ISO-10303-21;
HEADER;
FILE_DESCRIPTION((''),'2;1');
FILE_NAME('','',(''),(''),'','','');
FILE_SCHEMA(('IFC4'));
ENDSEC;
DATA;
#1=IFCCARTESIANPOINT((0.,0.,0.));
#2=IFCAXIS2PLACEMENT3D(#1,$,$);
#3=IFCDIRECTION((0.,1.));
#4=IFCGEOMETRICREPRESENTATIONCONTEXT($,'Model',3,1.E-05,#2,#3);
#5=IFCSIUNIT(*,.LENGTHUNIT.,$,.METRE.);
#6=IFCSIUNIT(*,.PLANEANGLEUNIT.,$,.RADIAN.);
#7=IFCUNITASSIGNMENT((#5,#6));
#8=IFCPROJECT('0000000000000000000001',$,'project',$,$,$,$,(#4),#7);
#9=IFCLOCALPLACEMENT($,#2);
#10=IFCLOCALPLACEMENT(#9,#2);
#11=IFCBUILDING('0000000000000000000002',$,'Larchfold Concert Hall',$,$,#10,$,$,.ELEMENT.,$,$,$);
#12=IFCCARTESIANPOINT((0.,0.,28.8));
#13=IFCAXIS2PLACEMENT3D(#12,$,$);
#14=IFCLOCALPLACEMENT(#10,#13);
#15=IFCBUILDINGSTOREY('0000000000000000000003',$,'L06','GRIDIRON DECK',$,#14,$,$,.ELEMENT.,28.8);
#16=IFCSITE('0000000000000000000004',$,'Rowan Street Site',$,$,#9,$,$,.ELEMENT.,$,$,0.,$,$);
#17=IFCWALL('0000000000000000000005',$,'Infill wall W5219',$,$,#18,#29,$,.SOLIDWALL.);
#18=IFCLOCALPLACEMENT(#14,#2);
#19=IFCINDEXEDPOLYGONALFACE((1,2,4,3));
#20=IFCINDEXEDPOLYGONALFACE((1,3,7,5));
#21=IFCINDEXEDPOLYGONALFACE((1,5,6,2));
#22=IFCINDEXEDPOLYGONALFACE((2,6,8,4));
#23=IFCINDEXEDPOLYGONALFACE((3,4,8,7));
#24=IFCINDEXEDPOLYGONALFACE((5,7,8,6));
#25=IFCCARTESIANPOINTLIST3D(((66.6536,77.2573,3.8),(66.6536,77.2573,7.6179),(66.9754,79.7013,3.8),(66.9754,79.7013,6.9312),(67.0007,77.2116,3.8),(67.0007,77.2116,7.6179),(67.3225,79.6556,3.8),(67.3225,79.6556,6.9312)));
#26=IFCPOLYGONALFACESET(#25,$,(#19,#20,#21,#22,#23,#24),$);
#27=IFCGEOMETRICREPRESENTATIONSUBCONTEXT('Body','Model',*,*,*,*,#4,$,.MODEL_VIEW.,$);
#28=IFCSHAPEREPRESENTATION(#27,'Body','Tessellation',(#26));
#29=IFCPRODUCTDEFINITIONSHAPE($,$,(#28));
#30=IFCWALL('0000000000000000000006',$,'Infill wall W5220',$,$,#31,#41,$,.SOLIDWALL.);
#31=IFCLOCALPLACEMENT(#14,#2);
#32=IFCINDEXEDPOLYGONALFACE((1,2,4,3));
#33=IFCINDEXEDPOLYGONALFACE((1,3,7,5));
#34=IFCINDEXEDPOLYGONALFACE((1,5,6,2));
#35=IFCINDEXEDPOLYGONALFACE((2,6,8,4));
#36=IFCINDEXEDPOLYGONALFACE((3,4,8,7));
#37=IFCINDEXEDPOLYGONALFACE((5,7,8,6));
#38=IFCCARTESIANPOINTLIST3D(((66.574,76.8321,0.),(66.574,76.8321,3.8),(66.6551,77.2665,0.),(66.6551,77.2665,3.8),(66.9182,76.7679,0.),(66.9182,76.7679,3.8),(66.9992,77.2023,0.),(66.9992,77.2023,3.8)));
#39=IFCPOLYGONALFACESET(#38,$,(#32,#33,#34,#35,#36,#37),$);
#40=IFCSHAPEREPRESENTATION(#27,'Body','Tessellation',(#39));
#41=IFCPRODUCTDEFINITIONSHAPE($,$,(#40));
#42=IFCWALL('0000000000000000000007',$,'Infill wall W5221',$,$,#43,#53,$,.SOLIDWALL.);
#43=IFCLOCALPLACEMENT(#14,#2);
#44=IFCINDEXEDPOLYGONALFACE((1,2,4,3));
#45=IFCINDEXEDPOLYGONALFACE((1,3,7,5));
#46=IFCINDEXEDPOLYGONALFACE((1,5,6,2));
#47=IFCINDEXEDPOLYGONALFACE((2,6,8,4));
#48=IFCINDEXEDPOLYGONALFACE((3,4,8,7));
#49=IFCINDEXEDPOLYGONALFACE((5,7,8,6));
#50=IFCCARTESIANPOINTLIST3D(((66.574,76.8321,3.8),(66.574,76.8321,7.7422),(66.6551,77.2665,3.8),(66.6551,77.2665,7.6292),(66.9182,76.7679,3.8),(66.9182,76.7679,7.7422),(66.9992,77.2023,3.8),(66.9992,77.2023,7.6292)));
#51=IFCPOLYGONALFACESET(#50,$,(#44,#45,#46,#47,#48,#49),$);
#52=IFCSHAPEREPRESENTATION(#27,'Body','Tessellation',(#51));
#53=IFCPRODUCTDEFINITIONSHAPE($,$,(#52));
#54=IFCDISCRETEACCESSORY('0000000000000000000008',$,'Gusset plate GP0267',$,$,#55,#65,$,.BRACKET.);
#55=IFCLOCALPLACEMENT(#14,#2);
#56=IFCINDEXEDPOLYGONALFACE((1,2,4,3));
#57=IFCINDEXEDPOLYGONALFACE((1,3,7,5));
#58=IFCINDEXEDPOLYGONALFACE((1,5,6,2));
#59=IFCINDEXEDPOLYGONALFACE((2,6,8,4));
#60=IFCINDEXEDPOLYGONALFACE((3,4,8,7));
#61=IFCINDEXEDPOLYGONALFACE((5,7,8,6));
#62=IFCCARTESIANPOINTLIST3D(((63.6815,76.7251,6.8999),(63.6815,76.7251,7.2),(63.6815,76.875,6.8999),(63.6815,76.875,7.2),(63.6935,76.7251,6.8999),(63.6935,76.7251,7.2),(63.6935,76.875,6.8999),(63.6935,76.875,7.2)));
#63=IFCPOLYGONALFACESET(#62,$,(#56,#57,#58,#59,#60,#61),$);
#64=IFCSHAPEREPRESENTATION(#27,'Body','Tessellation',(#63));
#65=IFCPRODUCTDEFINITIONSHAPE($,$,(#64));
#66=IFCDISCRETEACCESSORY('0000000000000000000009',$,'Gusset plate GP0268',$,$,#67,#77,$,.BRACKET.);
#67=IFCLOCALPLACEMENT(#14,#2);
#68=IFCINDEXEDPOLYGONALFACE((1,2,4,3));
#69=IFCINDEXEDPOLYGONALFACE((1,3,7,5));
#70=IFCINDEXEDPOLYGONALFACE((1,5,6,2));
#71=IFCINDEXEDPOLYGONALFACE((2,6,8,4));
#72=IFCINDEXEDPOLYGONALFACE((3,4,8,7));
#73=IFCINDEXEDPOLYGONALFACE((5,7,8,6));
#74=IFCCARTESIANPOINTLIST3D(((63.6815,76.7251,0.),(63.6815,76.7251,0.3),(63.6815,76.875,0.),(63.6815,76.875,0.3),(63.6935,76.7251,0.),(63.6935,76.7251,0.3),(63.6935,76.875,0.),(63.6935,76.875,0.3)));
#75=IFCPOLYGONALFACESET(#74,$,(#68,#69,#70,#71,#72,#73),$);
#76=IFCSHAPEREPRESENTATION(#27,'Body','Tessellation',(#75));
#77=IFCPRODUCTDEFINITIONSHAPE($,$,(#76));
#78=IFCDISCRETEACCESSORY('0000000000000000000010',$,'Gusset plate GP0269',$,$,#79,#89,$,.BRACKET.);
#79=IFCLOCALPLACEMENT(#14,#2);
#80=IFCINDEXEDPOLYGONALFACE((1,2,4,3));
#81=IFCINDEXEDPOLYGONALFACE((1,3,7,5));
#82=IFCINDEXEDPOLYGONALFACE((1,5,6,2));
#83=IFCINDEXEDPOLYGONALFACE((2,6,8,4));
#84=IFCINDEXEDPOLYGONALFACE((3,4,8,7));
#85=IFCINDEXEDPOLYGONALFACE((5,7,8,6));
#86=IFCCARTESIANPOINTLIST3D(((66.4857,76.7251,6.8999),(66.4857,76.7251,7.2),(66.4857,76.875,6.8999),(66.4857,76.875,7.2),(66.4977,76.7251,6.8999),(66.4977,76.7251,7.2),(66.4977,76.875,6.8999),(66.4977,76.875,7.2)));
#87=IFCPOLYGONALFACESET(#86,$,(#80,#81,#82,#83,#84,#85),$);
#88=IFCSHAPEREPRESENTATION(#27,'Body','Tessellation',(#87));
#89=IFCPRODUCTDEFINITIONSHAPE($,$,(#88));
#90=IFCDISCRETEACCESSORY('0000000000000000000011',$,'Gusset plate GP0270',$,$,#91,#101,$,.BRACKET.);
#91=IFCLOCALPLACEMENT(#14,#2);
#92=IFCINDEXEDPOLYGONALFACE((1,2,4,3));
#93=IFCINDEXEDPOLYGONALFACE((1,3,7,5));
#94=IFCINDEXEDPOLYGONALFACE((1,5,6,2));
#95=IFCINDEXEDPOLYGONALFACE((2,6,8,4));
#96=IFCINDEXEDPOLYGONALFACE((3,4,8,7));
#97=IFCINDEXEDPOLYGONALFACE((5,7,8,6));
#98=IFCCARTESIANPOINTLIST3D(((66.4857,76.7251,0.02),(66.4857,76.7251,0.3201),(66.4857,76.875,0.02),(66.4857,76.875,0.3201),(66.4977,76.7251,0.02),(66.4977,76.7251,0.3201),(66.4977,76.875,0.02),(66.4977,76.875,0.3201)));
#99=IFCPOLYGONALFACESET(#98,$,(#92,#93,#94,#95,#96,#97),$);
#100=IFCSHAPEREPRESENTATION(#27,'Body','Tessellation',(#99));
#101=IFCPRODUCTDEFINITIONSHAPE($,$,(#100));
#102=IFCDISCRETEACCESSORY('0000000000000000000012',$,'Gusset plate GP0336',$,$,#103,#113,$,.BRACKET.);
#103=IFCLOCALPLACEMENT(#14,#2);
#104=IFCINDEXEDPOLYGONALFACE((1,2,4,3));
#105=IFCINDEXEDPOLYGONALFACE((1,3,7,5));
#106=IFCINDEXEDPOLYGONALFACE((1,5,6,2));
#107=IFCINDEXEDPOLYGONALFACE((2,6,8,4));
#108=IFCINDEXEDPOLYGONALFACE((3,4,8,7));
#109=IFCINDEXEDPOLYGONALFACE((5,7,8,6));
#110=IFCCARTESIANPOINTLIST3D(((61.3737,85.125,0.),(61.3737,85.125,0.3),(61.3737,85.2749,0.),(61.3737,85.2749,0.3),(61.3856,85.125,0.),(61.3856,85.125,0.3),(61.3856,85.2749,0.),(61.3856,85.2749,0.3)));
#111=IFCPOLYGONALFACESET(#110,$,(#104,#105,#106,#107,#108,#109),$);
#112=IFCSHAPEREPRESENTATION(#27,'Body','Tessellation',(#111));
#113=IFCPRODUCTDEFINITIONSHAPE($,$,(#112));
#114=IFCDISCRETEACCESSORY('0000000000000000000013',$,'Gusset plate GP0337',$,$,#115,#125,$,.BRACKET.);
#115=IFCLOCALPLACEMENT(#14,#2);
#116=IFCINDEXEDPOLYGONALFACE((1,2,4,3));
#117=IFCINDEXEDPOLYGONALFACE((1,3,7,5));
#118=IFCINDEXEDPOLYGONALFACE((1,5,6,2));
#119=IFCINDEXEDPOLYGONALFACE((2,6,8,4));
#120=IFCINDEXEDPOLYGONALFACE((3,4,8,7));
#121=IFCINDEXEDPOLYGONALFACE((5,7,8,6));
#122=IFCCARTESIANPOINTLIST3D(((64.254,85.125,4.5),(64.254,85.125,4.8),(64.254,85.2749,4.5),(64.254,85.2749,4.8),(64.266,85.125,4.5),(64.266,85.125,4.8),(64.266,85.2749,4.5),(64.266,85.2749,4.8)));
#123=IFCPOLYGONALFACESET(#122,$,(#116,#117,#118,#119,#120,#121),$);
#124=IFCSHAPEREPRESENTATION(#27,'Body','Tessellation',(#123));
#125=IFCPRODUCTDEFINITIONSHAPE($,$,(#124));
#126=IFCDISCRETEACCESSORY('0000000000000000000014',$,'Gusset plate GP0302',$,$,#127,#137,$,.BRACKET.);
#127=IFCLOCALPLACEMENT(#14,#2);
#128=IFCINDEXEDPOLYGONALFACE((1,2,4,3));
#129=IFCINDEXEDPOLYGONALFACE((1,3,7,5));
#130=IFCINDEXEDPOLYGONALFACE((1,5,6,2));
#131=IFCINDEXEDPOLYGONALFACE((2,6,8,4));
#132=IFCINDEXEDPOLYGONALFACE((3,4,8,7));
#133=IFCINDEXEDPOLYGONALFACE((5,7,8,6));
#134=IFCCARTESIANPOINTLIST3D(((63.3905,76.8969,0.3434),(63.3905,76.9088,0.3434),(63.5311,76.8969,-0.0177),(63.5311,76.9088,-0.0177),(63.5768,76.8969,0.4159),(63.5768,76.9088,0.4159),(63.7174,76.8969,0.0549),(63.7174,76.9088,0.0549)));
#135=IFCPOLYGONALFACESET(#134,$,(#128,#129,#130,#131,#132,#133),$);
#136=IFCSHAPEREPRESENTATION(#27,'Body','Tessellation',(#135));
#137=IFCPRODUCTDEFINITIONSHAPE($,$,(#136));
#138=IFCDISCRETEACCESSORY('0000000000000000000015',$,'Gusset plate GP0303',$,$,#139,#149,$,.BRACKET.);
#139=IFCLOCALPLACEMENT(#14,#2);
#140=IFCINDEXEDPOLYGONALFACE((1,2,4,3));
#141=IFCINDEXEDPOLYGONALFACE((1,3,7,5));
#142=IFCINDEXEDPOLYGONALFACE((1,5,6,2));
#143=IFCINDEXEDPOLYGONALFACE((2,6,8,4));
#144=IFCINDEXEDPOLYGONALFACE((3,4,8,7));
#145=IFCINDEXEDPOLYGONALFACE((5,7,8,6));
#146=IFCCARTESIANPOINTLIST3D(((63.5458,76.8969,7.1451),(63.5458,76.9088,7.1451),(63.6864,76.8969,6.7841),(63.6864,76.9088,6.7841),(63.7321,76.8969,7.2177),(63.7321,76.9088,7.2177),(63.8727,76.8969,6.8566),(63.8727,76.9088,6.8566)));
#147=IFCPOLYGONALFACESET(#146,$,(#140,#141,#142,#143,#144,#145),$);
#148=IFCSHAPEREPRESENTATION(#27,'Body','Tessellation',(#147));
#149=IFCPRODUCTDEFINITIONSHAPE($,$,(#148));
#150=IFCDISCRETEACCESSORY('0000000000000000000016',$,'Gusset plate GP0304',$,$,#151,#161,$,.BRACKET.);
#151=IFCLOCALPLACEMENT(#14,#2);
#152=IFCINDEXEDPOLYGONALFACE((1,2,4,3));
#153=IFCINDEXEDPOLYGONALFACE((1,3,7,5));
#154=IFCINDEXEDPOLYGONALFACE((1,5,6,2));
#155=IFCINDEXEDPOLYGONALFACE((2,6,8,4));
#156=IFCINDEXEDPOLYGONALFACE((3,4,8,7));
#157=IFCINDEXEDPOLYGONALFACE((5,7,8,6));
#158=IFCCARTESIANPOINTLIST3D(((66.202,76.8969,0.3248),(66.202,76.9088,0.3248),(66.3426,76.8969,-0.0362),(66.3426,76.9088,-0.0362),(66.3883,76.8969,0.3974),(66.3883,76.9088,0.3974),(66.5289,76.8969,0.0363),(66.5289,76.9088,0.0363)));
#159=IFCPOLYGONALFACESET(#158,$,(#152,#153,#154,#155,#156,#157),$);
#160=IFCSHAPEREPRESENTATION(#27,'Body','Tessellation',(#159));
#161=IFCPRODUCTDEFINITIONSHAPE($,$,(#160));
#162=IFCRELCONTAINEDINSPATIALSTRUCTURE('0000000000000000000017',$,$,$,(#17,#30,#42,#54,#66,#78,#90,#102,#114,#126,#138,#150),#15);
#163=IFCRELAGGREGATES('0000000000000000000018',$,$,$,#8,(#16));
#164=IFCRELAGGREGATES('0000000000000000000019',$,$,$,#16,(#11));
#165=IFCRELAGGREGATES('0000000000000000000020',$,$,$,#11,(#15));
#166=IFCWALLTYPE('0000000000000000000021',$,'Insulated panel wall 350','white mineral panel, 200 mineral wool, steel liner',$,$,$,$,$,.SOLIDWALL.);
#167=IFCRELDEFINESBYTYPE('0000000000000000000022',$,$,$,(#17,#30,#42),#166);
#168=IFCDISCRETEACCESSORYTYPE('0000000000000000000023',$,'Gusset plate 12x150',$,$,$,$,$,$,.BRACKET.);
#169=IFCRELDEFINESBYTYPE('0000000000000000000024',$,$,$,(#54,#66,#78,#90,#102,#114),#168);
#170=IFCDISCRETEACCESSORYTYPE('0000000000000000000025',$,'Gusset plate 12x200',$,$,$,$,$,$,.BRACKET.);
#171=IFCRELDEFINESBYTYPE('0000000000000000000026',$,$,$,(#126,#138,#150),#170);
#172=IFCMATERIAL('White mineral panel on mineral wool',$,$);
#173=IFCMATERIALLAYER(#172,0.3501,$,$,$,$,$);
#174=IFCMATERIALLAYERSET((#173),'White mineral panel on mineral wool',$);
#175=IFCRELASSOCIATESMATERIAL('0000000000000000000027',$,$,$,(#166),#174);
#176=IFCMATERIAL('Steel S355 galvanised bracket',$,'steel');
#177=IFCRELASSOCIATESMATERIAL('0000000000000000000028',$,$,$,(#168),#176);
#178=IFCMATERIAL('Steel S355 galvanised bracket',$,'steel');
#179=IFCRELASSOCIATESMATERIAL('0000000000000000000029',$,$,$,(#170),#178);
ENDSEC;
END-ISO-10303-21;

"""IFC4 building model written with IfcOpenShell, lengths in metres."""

from ifc_helpers import new_model, si_unit, direction, frame, frame_2d, origin, origin_2d, place, context, subcontext, project, spatial, polyline, rectangle, outline, extrude, material, layer, layer_set, material_profile, profile_set, type_object, element, save


model = new_model("IFC4")

# Units and contexts
model_context = context("Model", 3, precision=1e-05, world=origin(), true_north=direction((0.0, 1.0)))
body_context = subcontext(model_context, "Body", "Model", "MODEL_VIEW")
ifc_project = project(units=[si_unit("LENGTHUNIT", "METRE"), si_unit("PLANEANGLEUNIT", "RADIAN")], contexts=[model_context])

# Site, building, storey
site_placement = place(None, origin())
site = spatial("IfcSite", under=ifc_project, at=site_placement, Name="Rowan Street Site", CompositionType="ELEMENT", RefElevation=0.0)
building_placement = place(site_placement, origin())
building = spatial("IfcBuilding", under=site, at=building_placement, Name="Larchfold Concert Hall", CompositionType="ELEMENT")
storey_placement = place(building_placement, frame((0.0, 0.0, 28.8)))
storey = spatial("IfcBuildingStorey", under=building, at=storey_placement, Name="L06", Description="GRIDIRON DECK", CompositionType="ELEMENT", Elevation=28.8)

# Walls
ifc_material_1 = material(Name="White mineral panel on mineral wool")
ifc_layer = layer(ifc_material_1, 0.3501)
ifc_layer_set = layer_set([ifc_layer], Name="White mineral panel on mineral wool")
wall_type = type_object("IfcWallType", Name="Insulated panel wall 350", Description="white mineral panel, 200 mineral wool, steel liner", PredefinedType="SOLIDWALL", material=ifc_layer_set)
wall_1_placement = place(storey_placement, frame((67.1489, 79.6785, 3.8), z_axis=(0.0, 0.0, 1.0), x_axis=(-0.130529, -0.991445, 0.0)))
element("IfcWall", 1, at=wall_1_placement, inside=storey, type_object=wall_type, Name="Infill wall W5219", PredefinedType="SOLIDWALL", context=body_context, shape_type="SweptSolid", body=[
    extrude(outline(polyline([(0.0, 0.0), (2.4651, 0.0), (2.4651, 3.8179), (0.0, 3.1311), (0.0, 0.0)])), frame((0.0, 0.175, 0.0), z_axis=(0.0, -1.0, 0.0), x_axis=(1.0, 0.0, 0.0)), (0.0, 0.0, 1.0), 0.3501),
])
wall_2_placement = place(storey_placement, frame((66.8271, 77.2344, 0.0), z_axis=(0.0, 0.0, 1.0), x_axis=(-0.183454, -0.983028, 0.0)))
element("IfcWall", 2, at=wall_2_placement, inside=storey, type_object=wall_type, Name="Infill wall W5220", PredefinedType="SOLIDWALL", context=body_context, shape_type="SweptSolid", body=[
    extrude(rectangle(XDim=0.4419, YDim=0.3501, at=frame_2d((0.2209, 0.0))), origin(), (0.0, 0.0, 1.0), 3.8),
])
wall_3_placement = place(storey_placement, frame((66.8271, 77.2344, 3.8), z_axis=(0.0, 0.0, 1.0), x_axis=(-0.183454, -0.983028, 0.0)))
element("IfcWall", 3, at=wall_3_placement, inside=storey, type_object=wall_type, Name="Infill wall W5221", PredefinedType="SOLIDWALL", context=body_context, shape_type="SweptSolid", body=[
    extrude(outline(polyline([(0.0, 0.0), (0.4419, 0.0), (0.4419, 3.9421), (0.0, 3.8291), (0.0, 0.0)])), frame((0.0, 0.175, 0.0), z_axis=(0.0, -1.0, 0.0), x_axis=(1.0, 0.0, 0.0)), (0.0, 0.0, 1.0), 0.3501),
])

# Discrete accessories
ifc_material_2 = material(Name="Steel S355 galvanised bracket", Category="steel")
ifc_material_profile_1 = material_profile(ifc_material_2, rectangle(XDim=0.012, YDim=0.1499, at=origin_2d()))
ifc_profile_set_1 = profile_set([ifc_material_profile_1], Name="Steel S355 galvanised bracket")
discrete_accessory_type_1 = type_object("IfcDiscreteAccessoryType", Name="Gusset plate 12x150", PredefinedType="BRACKET", material=ifc_profile_set_1)
for number, where, z_axis, x_axis, name in (
    (4, (63.6875, 76.8, 7.2), (0.0, 0.0, -1.0), (1.0, 0.0, 0.0), "Gusset plate GP0267"),
    (5, (63.6875, 76.8, 0.3), (0.0, 0.0, -1.0), (1.0, 0.0, 0.0), "Gusset plate GP0268"),
    (6, (66.4917, 76.8, 7.2), (0.0, 0.0, -1.0), (1.0, 0.0, 0.0), "Gusset plate GP0269"),
    (7, (66.4917, 76.8, 0.3201), (0.0, 0.0, -1.0), (1.0, 0.0, 0.0), "Gusset plate GP0270"),
    (8, (61.3796, 85.2, 0.3), (0.0, 0.0, -1.0), (1.0, 0.0, 0.0), "Gusset plate GP0336"),
    (9, (64.26, 85.2, 4.8), (0.0, 0.0, -1.0), (1.0, 0.0, 0.0), "Gusset plate GP0337"),
):
    element("IfcDiscreteAccessory", number, at=place(storey_placement, frame(where, z_axis=z_axis, x_axis=x_axis)), inside=storey, type_object=discrete_accessory_type_1, Name=name, PredefinedType="BRACKET", context=body_context, shape_type="SweptSolid", body=[
        extrude(rectangle(XDim=0.012, YDim=0.1499, at=origin_2d()), origin(), (0.0, 0.0, 1.0), 0.3),
    ])
ifc_material_3 = material(Name="Steel S355 galvanised bracket", Category="steel")
ifc_material_profile_2 = material_profile(ifc_material_3, rectangle(XDim=0.012, YDim=0.2, at=origin_2d()))
ifc_profile_set_2 = profile_set([ifc_material_profile_2], Name="Steel S355 galvanised bracket")
discrete_accessory_type_2 = type_object("IfcDiscreteAccessoryType", Name="Gusset plate 12x200", PredefinedType="BRACKET", material=ifc_profile_set_2)
for number, where, z_axis, x_axis, name in (
    (10, (63.4836, 76.9028, 0.3796), (0.362902, 0.0, -0.931827), (0.0, 1.0, 0.0), "Gusset plate GP0302"),
    (11, (63.6389, 76.9028, 7.1814), (0.362902, 0.0, -0.931827), (0.0, 1.0, 0.0), "Gusset plate GP0303"),
    (12, (66.2952, 76.9028, 0.3611), (0.362902, 0.0, -0.931827), (0.0, 1.0, 0.0), "Gusset plate GP0304"),
):
    element("IfcDiscreteAccessory", number, at=place(storey_placement, frame(where, z_axis=z_axis, x_axis=x_axis)), inside=storey, type_object=discrete_accessory_type_2, Name=name, PredefinedType="BRACKET", context=body_context, shape_type="SweptSolid", body=[
        extrude(rectangle(XDim=0.012, YDim=0.2, at=origin_2d()), origin(), (0.0, 0.0, 1.0), 0.3875),
    ])

save(model, "model.ifc")
